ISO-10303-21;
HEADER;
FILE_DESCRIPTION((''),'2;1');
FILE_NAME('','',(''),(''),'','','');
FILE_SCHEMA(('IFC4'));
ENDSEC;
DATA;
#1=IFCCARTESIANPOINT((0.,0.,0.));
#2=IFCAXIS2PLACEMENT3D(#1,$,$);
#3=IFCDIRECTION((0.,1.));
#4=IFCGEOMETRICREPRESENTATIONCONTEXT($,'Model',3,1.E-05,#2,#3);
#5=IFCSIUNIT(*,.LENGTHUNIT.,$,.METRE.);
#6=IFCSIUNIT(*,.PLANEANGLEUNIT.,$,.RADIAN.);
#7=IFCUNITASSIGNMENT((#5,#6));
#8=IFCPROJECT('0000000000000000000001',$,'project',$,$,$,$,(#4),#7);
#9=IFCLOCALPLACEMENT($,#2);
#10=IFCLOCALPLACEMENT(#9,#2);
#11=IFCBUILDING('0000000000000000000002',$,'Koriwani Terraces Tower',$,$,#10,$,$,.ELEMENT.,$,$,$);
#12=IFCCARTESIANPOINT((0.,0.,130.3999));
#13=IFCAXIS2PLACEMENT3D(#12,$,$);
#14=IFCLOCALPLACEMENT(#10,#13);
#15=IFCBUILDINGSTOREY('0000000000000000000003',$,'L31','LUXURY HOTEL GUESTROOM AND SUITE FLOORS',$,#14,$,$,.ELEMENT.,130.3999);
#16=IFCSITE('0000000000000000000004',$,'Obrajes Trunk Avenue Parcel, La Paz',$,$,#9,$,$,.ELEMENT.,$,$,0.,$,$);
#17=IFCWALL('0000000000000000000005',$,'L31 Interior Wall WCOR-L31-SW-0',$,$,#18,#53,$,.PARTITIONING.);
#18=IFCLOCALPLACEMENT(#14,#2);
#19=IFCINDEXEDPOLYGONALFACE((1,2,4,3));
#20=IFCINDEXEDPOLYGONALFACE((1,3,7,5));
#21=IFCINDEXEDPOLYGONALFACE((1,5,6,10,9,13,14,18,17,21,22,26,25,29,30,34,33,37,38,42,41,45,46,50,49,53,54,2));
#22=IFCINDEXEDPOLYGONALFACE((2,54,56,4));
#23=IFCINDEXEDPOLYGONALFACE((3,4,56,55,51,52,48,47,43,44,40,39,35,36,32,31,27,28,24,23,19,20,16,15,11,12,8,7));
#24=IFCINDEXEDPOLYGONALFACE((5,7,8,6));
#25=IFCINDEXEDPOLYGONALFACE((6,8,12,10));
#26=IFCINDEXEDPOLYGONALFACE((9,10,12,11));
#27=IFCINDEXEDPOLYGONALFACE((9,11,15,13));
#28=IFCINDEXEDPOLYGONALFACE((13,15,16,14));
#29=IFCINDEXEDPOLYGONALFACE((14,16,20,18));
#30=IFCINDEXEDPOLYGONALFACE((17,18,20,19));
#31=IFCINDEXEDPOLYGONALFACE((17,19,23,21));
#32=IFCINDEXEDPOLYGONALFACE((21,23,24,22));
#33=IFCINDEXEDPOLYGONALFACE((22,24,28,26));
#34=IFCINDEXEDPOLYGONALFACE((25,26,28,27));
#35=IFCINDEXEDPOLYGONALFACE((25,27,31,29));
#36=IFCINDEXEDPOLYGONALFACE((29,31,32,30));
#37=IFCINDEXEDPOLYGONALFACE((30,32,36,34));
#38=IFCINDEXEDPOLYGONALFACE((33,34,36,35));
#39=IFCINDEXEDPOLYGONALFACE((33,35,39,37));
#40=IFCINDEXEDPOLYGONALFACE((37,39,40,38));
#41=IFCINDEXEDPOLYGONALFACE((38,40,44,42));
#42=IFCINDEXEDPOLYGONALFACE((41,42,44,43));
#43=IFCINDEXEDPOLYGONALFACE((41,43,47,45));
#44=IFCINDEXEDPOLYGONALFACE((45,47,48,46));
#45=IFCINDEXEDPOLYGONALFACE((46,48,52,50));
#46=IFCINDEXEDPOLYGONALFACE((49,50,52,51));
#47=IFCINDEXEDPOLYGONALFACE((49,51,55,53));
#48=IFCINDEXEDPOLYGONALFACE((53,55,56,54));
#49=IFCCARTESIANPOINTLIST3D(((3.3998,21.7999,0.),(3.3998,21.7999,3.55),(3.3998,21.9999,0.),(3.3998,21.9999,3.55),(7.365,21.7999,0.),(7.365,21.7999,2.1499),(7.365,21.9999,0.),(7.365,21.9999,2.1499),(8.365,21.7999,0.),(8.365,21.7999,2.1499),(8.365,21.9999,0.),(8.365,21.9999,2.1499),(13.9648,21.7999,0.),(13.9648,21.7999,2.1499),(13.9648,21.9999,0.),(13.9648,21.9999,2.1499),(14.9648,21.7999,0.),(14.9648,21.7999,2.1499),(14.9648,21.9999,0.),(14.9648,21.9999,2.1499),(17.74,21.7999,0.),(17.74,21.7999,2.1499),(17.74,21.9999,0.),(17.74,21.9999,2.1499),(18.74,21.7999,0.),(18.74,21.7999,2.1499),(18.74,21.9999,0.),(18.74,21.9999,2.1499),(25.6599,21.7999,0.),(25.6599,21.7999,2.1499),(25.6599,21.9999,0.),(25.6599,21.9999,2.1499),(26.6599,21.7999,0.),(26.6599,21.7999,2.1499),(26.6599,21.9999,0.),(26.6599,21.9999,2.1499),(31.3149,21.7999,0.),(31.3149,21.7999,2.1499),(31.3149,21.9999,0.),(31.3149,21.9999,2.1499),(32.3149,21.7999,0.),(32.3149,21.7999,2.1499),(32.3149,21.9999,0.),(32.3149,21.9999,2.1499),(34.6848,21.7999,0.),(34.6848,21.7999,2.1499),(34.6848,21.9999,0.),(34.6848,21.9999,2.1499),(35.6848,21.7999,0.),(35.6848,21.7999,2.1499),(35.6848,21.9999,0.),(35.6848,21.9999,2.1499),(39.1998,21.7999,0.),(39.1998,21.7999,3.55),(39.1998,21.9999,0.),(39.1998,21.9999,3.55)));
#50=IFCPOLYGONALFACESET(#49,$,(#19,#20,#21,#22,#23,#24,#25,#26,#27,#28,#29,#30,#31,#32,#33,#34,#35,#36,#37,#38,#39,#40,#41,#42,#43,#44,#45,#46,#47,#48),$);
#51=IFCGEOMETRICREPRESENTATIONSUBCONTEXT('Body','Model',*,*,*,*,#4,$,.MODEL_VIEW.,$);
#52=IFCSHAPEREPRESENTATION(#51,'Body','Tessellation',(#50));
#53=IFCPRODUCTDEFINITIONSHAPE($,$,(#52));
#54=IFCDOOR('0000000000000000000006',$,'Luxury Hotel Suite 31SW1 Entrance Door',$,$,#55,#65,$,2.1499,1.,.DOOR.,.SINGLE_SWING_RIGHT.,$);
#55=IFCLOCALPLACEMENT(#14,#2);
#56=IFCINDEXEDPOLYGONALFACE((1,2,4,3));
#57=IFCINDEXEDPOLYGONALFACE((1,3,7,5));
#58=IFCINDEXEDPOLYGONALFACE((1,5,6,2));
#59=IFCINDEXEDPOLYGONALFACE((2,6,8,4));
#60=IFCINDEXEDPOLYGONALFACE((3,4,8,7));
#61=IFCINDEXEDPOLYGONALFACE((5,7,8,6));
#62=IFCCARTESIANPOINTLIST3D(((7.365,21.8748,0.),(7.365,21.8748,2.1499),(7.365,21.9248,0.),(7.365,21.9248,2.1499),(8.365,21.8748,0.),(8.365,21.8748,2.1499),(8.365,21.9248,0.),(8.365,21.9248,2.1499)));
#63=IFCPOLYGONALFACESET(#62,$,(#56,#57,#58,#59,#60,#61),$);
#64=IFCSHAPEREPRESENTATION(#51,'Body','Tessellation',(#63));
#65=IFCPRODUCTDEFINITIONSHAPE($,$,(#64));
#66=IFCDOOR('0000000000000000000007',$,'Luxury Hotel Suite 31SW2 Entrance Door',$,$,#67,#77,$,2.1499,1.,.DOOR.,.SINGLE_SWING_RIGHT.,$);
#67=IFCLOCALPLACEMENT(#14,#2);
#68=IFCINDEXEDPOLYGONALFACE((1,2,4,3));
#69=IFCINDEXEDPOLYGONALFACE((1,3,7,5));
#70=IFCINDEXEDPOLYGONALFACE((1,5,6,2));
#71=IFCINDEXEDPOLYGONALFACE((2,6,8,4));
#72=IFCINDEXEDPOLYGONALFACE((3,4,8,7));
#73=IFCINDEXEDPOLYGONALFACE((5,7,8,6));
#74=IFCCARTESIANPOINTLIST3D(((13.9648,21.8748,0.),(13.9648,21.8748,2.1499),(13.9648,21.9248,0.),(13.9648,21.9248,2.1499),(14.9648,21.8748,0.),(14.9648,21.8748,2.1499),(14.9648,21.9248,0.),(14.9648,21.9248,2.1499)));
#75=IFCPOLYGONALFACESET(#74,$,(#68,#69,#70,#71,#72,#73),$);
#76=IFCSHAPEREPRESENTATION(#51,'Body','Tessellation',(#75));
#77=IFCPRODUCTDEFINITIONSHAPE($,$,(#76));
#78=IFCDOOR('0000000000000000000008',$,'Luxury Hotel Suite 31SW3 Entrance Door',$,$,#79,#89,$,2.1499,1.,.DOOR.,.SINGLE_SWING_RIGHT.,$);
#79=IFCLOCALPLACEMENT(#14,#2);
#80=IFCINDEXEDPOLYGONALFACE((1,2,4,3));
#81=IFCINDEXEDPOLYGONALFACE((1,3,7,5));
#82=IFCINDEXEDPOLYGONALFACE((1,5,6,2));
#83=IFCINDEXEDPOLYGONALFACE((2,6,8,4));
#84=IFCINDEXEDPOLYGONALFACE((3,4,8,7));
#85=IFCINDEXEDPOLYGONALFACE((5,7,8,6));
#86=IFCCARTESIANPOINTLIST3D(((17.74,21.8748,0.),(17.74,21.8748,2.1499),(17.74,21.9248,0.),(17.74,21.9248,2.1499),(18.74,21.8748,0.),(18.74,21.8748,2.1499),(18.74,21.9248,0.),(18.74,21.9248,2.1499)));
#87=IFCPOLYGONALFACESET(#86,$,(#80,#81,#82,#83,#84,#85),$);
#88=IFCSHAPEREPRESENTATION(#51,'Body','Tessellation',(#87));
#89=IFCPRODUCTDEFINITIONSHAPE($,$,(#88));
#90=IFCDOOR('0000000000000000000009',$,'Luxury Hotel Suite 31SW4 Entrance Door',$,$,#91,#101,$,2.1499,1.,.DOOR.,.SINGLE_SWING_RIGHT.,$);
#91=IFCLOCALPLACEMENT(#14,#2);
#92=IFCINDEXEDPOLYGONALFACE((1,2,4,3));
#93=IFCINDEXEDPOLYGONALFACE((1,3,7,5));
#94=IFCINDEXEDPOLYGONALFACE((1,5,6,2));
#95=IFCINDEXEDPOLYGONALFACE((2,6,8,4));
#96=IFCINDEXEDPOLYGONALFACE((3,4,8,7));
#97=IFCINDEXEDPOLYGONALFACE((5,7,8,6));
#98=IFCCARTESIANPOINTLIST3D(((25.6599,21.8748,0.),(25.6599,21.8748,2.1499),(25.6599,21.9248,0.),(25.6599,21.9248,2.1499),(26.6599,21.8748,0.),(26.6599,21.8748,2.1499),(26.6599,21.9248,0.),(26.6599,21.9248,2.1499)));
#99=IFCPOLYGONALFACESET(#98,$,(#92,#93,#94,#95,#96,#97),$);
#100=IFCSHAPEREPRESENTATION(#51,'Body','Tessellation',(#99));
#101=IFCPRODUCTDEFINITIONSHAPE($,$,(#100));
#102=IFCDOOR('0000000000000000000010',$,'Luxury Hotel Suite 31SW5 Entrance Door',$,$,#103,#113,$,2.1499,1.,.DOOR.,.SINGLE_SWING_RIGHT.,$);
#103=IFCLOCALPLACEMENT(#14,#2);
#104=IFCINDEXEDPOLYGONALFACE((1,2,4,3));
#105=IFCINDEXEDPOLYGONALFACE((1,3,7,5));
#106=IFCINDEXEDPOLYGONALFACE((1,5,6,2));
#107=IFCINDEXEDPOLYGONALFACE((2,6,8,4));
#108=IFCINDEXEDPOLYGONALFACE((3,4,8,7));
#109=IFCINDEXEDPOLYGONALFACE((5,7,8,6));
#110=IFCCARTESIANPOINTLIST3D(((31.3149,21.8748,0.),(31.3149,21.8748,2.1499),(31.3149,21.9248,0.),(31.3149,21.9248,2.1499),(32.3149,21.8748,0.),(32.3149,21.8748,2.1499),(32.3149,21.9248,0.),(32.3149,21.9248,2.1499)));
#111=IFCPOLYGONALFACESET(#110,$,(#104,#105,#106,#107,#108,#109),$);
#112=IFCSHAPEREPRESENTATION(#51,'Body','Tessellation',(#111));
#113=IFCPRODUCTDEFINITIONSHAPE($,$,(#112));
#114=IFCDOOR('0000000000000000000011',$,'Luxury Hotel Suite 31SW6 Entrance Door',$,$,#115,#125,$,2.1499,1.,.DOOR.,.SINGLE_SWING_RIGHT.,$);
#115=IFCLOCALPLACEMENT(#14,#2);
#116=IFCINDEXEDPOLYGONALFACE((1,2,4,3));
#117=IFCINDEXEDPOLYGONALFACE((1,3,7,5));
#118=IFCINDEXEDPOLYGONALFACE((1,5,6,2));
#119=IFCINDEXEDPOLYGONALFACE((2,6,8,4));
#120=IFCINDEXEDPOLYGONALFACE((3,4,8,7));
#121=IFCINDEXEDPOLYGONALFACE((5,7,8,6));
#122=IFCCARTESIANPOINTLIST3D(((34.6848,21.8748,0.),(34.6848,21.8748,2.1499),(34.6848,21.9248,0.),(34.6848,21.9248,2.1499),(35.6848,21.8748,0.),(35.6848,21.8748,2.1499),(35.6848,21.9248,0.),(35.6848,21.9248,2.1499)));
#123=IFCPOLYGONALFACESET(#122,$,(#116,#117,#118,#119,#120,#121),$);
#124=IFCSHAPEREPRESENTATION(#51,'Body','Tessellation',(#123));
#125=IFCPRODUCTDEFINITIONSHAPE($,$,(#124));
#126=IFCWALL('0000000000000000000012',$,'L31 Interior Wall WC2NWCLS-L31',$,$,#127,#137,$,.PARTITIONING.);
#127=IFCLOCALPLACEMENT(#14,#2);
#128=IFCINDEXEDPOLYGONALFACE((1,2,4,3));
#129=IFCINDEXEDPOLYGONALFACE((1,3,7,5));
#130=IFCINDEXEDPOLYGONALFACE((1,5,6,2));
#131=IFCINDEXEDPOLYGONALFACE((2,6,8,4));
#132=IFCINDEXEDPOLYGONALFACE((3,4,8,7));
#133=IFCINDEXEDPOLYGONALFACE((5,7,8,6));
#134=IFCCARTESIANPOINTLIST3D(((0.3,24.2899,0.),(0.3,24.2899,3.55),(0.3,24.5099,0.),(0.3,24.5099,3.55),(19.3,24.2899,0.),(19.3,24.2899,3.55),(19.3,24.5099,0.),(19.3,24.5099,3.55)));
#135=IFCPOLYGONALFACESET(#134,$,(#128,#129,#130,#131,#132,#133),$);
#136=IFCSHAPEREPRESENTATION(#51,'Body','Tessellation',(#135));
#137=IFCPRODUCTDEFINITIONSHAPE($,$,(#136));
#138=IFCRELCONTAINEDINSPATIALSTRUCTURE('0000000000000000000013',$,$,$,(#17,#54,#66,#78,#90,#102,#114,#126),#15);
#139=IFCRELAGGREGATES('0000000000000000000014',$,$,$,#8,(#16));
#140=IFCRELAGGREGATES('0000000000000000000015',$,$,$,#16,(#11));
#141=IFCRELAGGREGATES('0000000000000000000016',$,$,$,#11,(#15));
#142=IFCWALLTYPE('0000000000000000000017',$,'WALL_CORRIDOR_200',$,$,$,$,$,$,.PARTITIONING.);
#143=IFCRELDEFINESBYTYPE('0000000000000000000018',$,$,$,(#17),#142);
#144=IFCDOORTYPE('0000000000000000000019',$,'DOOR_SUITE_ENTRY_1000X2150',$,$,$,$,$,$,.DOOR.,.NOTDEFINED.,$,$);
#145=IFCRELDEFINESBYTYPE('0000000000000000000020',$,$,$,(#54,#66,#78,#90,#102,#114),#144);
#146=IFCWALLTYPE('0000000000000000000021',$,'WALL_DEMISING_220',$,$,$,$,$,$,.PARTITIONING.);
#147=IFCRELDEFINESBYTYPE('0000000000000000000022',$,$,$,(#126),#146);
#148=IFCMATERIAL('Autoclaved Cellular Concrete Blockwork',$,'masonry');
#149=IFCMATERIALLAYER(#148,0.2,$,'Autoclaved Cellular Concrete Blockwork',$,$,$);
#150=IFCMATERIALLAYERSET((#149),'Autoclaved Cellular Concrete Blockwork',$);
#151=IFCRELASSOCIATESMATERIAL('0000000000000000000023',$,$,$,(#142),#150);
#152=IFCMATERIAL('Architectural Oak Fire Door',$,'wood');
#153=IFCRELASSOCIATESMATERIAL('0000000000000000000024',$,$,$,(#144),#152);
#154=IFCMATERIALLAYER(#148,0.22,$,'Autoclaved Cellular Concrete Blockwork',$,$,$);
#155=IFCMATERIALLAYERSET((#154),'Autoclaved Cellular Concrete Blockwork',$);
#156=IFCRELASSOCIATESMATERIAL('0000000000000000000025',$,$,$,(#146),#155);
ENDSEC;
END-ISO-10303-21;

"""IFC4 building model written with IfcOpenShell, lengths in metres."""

from ifc_helpers import new_model, si_unit, direction, frame, frame_2d, origin, place, context, subcontext, project, spatial, rectangle, extrude, material, layer, layer_set, type_object, element, fill, save


model = new_model("IFC4")

# Units and contexts
model_context = context("Model", 3, precision=1e-05, world=origin(), true_north=direction((0.0, 1.0)))
body_context = subcontext(model_context, "Body", "Model", "MODEL_VIEW")
ifc_project = project(units=[si_unit("LENGTHUNIT", "METRE"), si_unit("PLANEANGLEUNIT", "RADIAN")], contexts=[model_context])

# Site, building, storey
site_placement = place(None, origin())
site = spatial("IfcSite", under=ifc_project, at=site_placement, Name="Obrajes Trunk Avenue Parcel, La Paz", CompositionType="ELEMENT", RefElevation=0.0)
building_placement = place(site_placement, origin())
building = spatial("IfcBuilding", under=site, at=building_placement, Name="Koriwani Terraces Tower", CompositionType="ELEMENT")
storey_placement = place(building_placement, frame((0.0, 0.0, 130.3999)))
storey = spatial("IfcBuildingStorey", under=building, at=storey_placement, Name="L31", Description="LUXURY HOTEL GUESTROOM AND SUITE FLOORS", CompositionType="ELEMENT", Elevation=130.3999)

# Wall, openings, doors
ifc_material_1 = material(Name="Autoclaved Cellular Concrete Blockwork", Category="masonry")
ifc_layer_1 = layer(ifc_material_1, 0.2, Name="Autoclaved Cellular Concrete Blockwork")
ifc_layer_set_1 = layer_set([ifc_layer_1], Name="Autoclaved Cellular Concrete Blockwork")
wall_type_1 = type_object("IfcWallType", Name="WALL_CORRIDOR_200", PredefinedType="PARTITIONING", material=ifc_layer_set_1)
wall_1_placement = place(storey_placement, frame((3.3999, 21.8999, 0.0), z_axis=(0.0, 0.0, 1.0), x_axis=(1.0, 0.0, 0.0)))
wall_1 = element("IfcWall", 1, at=wall_1_placement, inside=storey, type_object=wall_type_1, Name="L31 Interior Wall WCOR-L31-SW-0", PredefinedType="PARTITIONING", context=body_context, shape_type="SweptSolid", body=[
    extrude(rectangle(XDim=35.8, YDim=0.2, at=frame_2d((17.8999, 0.0))), origin(), (0.0, 0.0, 1.0), 3.55),
])
opening_1_placement = place(wall_1_placement, frame((3.9651, 0.0, 0.0)))
opening_1 = element("IfcOpeningElement", 2, at=opening_1_placement, cuts=wall_1, PredefinedType="OPENING", context=body_context, shape_type="SweptSolid", body=[
    extrude(rectangle(XDim=1.0, YDim=2.1499, at=frame_2d((0.5, 1.075))), frame((0.0, 0.1099, 0.0), z_axis=(0.0, -1.0, 0.0), x_axis=(1.0, 0.0, 0.0)), (0.0, 0.0, 1.0), 0.22),
])
opening_2_placement = place(wall_1_placement, frame((10.5649, 0.0, 0.0)))
opening_2 = element("IfcOpeningElement", 3, at=opening_2_placement, cuts=wall_1, PredefinedType="OPENING", context=body_context, shape_type="SweptSolid", body=[
    extrude(rectangle(XDim=1.0, YDim=2.1499, at=frame_2d((0.5, 1.075))), frame((0.0, 0.1099, 0.0), z_axis=(0.0, -1.0, 0.0), x_axis=(1.0, 0.0, 0.0)), (0.0, 0.0, 1.0), 0.22),
])
opening_3_placement = place(wall_1_placement, frame((14.3401, 0.0, 0.0)))
opening_3 = element("IfcOpeningElement", 4, at=opening_3_placement, cuts=wall_1, PredefinedType="OPENING", context=body_context, shape_type="SweptSolid", body=[
    extrude(rectangle(XDim=1.0, YDim=2.1499, at=frame_2d((0.5, 1.075))), frame((0.0, 0.1099, 0.0), z_axis=(0.0, -1.0, 0.0), x_axis=(1.0, 0.0, 0.0)), (0.0, 0.0, 1.0), 0.22),
])
opening_4_placement = place(wall_1_placement, frame((22.26, 0.0, 0.0)))
opening_4 = element("IfcOpeningElement", 5, at=opening_4_placement, cuts=wall_1, PredefinedType="OPENING", context=body_context, shape_type="SweptSolid", body=[
    extrude(rectangle(XDim=1.0, YDim=2.1499, at=frame_2d((0.5, 1.075))), frame((0.0, 0.1099, 0.0), z_axis=(0.0, -1.0, 0.0), x_axis=(1.0, 0.0, 0.0)), (0.0, 0.0, 1.0), 0.22),
])
opening_5_placement = place(wall_1_placement, frame((27.915, 0.0, 0.0)))
opening_5 = element("IfcOpeningElement", 6, at=opening_5_placement, cuts=wall_1, PredefinedType="OPENING", context=body_context, shape_type="SweptSolid", body=[
    extrude(rectangle(XDim=1.0, YDim=2.1499, at=frame_2d((0.5, 1.075))), frame((0.0, 0.1099, 0.0), z_axis=(0.0, -1.0, 0.0), x_axis=(1.0, 0.0, 0.0)), (0.0, 0.0, 1.0), 0.22),
])
opening_6_placement = place(wall_1_placement, frame((31.2849, 0.0, 0.0)))
opening_6 = element("IfcOpeningElement", 7, at=opening_6_placement, cuts=wall_1, PredefinedType="OPENING", context=body_context, shape_type="SweptSolid", body=[
    extrude(rectangle(XDim=1.0, YDim=2.1499, at=frame_2d((0.5, 1.075))), frame((0.0, 0.1099, 0.0), z_axis=(0.0, -1.0, 0.0), x_axis=(1.0, 0.0, 0.0)), (0.0, 0.0, 1.0), 0.22),
])
ifc_material_2 = material(Name="Architectural Oak Fire Door", Category="wood")
door_type_1 = type_object("IfcDoorType", Name="DOOR_SUITE_ENTRY_1000X2150", OperationType="NOTDEFINED", PredefinedType="DOOR", material=ifc_material_2)
door_1_placement = place(opening_1_placement, origin())
door_1 = element("IfcDoor", 8, at=door_1_placement, inside=storey, type_object=door_type_1, Name="Luxury Hotel Suite 31SW1 Entrance Door", OperationType="SINGLE_SWING_RIGHT", OverallHeight=2.1499, OverallWidth=1.0, PredefinedType="DOOR", context=body_context, shape_type="SweptSolid", body=[
    extrude(rectangle(XDim=1.0, YDim=2.1499, at=frame_2d((0.5, 1.075))), frame((0.0, 0.0249, 0.0), z_axis=(0.0, -1.0, 0.0), x_axis=(1.0, 0.0, 0.0)), (0.0, 0.0, 1.0), 0.05),
])
fill(opening_1, door_1)
door_2_placement = place(opening_2_placement, origin())
door_2 = element("IfcDoor", 9, at=door_2_placement, inside=storey, type_object=door_type_1, Name="Luxury Hotel Suite 31SW2 Entrance Door", OperationType="SINGLE_SWING_RIGHT", OverallHeight=2.1499, OverallWidth=1.0, PredefinedType="DOOR", context=body_context, shape_type="SweptSolid", body=[
    extrude(rectangle(XDim=1.0, YDim=2.1499, at=frame_2d((0.5, 1.075))), frame((0.0, 0.0249, 0.0), z_axis=(0.0, -1.0, 0.0), x_axis=(1.0, 0.0, 0.0)), (0.0, 0.0, 1.0), 0.05),
])
fill(opening_2, door_2)
door_3_placement = place(opening_3_placement, origin())
door_3 = element("IfcDoor", 10, at=door_3_placement, inside=storey, type_object=door_type_1, Name="Luxury Hotel Suite 31SW3 Entrance Door", OperationType="SINGLE_SWING_RIGHT", OverallHeight=2.1499, OverallWidth=1.0, PredefinedType="DOOR", context=body_context, shape_type="SweptSolid", body=[
    extrude(rectangle(XDim=1.0, YDim=2.1499, at=frame_2d((0.5, 1.075))), frame((0.0, 0.0249, 0.0), z_axis=(0.0, -1.0, 0.0), x_axis=(1.0, 0.0, 0.0)), (0.0, 0.0, 1.0), 0.05),
])
fill(opening_3, door_3)
door_4_placement = place(opening_4_placement, origin())
door_4 = element("IfcDoor", 11, at=door_4_placement, inside=storey, type_object=door_type_1, Name="Luxury Hotel Suite 31SW4 Entrance Door", OperationType="SINGLE_SWING_RIGHT", OverallHeight=2.1499, OverallWidth=1.0, PredefinedType="DOOR", context=body_context, shape_type="SweptSolid", body=[
    extrude(rectangle(XDim=1.0, YDim=2.1499, at=frame_2d((0.5, 1.075))), frame((0.0, 0.0249, 0.0), z_axis=(0.0, -1.0, 0.0), x_axis=(1.0, 0.0, 0.0)), (0.0, 0.0, 1.0), 0.05),
])
fill(opening_4, door_4)
door_5_placement = place(opening_5_placement, origin())
door_5 = element("IfcDoor", 12, at=door_5_placement, inside=storey, type_object=door_type_1, Name="Luxury Hotel Suite 31SW5 Entrance Door", OperationType="SINGLE_SWING_RIGHT", OverallHeight=2.1499, OverallWidth=1.0, PredefinedType="DOOR", context=body_context, shape_type="SweptSolid", body=[
    extrude(rectangle(XDim=1.0, YDim=2.1499, at=frame_2d((0.5, 1.075))), frame((0.0, 0.0249, 0.0), z_axis=(0.0, -1.0, 0.0), x_axis=(1.0, 0.0, 0.0)), (0.0, 0.0, 1.0), 0.05),
])
fill(opening_5, door_5)
door_6_placement = place(opening_6_placement, origin())
door_6 = element("IfcDoor", 13, at=door_6_placement, inside=storey, type_object=door_type_1, Name="Luxury Hotel Suite 31SW6 Entrance Door", OperationType="SINGLE_SWING_RIGHT", OverallHeight=2.1499, OverallWidth=1.0, PredefinedType="DOOR", context=body_context, shape_type="SweptSolid", body=[
    extrude(rectangle(XDim=1.0, YDim=2.1499, at=frame_2d((0.5, 1.075))), frame((0.0, 0.0249, 0.0), z_axis=(0.0, -1.0, 0.0), x_axis=(1.0, 0.0, 0.0)), (0.0, 0.0, 1.0), 0.05),
])
fill(opening_6, door_6)

# Wall
ifc_layer_2 = layer(ifc_material_1, 0.22, Name="Autoclaved Cellular Concrete Blockwork")
ifc_layer_set_2 = layer_set([ifc_layer_2], Name="Autoclaved Cellular Concrete Blockwork")
wall_type_2 = type_object("IfcWallType", Name="WALL_DEMISING_220", PredefinedType="PARTITIONING", material=ifc_layer_set_2)
wall_2_placement = place(storey_placement, frame((0.3, 24.3999, 0.0), z_axis=(0.0, 0.0, 1.0), x_axis=(1.0, 0.0, 0.0)))
element("IfcWall", 14, at=wall_2_placement, inside=storey, type_object=wall_type_2, Name="L31 Interior Wall WC2NWCLS-L31", PredefinedType="PARTITIONING", context=body_context, shape_type="SweptSolid", body=[
    extrude(rectangle(XDim=19.0, YDim=0.22, at=frame_2d((9.5, 0.0))), origin(), (0.0, 0.0, 1.0), 3.55),
])

save(model, "model.ifc")
